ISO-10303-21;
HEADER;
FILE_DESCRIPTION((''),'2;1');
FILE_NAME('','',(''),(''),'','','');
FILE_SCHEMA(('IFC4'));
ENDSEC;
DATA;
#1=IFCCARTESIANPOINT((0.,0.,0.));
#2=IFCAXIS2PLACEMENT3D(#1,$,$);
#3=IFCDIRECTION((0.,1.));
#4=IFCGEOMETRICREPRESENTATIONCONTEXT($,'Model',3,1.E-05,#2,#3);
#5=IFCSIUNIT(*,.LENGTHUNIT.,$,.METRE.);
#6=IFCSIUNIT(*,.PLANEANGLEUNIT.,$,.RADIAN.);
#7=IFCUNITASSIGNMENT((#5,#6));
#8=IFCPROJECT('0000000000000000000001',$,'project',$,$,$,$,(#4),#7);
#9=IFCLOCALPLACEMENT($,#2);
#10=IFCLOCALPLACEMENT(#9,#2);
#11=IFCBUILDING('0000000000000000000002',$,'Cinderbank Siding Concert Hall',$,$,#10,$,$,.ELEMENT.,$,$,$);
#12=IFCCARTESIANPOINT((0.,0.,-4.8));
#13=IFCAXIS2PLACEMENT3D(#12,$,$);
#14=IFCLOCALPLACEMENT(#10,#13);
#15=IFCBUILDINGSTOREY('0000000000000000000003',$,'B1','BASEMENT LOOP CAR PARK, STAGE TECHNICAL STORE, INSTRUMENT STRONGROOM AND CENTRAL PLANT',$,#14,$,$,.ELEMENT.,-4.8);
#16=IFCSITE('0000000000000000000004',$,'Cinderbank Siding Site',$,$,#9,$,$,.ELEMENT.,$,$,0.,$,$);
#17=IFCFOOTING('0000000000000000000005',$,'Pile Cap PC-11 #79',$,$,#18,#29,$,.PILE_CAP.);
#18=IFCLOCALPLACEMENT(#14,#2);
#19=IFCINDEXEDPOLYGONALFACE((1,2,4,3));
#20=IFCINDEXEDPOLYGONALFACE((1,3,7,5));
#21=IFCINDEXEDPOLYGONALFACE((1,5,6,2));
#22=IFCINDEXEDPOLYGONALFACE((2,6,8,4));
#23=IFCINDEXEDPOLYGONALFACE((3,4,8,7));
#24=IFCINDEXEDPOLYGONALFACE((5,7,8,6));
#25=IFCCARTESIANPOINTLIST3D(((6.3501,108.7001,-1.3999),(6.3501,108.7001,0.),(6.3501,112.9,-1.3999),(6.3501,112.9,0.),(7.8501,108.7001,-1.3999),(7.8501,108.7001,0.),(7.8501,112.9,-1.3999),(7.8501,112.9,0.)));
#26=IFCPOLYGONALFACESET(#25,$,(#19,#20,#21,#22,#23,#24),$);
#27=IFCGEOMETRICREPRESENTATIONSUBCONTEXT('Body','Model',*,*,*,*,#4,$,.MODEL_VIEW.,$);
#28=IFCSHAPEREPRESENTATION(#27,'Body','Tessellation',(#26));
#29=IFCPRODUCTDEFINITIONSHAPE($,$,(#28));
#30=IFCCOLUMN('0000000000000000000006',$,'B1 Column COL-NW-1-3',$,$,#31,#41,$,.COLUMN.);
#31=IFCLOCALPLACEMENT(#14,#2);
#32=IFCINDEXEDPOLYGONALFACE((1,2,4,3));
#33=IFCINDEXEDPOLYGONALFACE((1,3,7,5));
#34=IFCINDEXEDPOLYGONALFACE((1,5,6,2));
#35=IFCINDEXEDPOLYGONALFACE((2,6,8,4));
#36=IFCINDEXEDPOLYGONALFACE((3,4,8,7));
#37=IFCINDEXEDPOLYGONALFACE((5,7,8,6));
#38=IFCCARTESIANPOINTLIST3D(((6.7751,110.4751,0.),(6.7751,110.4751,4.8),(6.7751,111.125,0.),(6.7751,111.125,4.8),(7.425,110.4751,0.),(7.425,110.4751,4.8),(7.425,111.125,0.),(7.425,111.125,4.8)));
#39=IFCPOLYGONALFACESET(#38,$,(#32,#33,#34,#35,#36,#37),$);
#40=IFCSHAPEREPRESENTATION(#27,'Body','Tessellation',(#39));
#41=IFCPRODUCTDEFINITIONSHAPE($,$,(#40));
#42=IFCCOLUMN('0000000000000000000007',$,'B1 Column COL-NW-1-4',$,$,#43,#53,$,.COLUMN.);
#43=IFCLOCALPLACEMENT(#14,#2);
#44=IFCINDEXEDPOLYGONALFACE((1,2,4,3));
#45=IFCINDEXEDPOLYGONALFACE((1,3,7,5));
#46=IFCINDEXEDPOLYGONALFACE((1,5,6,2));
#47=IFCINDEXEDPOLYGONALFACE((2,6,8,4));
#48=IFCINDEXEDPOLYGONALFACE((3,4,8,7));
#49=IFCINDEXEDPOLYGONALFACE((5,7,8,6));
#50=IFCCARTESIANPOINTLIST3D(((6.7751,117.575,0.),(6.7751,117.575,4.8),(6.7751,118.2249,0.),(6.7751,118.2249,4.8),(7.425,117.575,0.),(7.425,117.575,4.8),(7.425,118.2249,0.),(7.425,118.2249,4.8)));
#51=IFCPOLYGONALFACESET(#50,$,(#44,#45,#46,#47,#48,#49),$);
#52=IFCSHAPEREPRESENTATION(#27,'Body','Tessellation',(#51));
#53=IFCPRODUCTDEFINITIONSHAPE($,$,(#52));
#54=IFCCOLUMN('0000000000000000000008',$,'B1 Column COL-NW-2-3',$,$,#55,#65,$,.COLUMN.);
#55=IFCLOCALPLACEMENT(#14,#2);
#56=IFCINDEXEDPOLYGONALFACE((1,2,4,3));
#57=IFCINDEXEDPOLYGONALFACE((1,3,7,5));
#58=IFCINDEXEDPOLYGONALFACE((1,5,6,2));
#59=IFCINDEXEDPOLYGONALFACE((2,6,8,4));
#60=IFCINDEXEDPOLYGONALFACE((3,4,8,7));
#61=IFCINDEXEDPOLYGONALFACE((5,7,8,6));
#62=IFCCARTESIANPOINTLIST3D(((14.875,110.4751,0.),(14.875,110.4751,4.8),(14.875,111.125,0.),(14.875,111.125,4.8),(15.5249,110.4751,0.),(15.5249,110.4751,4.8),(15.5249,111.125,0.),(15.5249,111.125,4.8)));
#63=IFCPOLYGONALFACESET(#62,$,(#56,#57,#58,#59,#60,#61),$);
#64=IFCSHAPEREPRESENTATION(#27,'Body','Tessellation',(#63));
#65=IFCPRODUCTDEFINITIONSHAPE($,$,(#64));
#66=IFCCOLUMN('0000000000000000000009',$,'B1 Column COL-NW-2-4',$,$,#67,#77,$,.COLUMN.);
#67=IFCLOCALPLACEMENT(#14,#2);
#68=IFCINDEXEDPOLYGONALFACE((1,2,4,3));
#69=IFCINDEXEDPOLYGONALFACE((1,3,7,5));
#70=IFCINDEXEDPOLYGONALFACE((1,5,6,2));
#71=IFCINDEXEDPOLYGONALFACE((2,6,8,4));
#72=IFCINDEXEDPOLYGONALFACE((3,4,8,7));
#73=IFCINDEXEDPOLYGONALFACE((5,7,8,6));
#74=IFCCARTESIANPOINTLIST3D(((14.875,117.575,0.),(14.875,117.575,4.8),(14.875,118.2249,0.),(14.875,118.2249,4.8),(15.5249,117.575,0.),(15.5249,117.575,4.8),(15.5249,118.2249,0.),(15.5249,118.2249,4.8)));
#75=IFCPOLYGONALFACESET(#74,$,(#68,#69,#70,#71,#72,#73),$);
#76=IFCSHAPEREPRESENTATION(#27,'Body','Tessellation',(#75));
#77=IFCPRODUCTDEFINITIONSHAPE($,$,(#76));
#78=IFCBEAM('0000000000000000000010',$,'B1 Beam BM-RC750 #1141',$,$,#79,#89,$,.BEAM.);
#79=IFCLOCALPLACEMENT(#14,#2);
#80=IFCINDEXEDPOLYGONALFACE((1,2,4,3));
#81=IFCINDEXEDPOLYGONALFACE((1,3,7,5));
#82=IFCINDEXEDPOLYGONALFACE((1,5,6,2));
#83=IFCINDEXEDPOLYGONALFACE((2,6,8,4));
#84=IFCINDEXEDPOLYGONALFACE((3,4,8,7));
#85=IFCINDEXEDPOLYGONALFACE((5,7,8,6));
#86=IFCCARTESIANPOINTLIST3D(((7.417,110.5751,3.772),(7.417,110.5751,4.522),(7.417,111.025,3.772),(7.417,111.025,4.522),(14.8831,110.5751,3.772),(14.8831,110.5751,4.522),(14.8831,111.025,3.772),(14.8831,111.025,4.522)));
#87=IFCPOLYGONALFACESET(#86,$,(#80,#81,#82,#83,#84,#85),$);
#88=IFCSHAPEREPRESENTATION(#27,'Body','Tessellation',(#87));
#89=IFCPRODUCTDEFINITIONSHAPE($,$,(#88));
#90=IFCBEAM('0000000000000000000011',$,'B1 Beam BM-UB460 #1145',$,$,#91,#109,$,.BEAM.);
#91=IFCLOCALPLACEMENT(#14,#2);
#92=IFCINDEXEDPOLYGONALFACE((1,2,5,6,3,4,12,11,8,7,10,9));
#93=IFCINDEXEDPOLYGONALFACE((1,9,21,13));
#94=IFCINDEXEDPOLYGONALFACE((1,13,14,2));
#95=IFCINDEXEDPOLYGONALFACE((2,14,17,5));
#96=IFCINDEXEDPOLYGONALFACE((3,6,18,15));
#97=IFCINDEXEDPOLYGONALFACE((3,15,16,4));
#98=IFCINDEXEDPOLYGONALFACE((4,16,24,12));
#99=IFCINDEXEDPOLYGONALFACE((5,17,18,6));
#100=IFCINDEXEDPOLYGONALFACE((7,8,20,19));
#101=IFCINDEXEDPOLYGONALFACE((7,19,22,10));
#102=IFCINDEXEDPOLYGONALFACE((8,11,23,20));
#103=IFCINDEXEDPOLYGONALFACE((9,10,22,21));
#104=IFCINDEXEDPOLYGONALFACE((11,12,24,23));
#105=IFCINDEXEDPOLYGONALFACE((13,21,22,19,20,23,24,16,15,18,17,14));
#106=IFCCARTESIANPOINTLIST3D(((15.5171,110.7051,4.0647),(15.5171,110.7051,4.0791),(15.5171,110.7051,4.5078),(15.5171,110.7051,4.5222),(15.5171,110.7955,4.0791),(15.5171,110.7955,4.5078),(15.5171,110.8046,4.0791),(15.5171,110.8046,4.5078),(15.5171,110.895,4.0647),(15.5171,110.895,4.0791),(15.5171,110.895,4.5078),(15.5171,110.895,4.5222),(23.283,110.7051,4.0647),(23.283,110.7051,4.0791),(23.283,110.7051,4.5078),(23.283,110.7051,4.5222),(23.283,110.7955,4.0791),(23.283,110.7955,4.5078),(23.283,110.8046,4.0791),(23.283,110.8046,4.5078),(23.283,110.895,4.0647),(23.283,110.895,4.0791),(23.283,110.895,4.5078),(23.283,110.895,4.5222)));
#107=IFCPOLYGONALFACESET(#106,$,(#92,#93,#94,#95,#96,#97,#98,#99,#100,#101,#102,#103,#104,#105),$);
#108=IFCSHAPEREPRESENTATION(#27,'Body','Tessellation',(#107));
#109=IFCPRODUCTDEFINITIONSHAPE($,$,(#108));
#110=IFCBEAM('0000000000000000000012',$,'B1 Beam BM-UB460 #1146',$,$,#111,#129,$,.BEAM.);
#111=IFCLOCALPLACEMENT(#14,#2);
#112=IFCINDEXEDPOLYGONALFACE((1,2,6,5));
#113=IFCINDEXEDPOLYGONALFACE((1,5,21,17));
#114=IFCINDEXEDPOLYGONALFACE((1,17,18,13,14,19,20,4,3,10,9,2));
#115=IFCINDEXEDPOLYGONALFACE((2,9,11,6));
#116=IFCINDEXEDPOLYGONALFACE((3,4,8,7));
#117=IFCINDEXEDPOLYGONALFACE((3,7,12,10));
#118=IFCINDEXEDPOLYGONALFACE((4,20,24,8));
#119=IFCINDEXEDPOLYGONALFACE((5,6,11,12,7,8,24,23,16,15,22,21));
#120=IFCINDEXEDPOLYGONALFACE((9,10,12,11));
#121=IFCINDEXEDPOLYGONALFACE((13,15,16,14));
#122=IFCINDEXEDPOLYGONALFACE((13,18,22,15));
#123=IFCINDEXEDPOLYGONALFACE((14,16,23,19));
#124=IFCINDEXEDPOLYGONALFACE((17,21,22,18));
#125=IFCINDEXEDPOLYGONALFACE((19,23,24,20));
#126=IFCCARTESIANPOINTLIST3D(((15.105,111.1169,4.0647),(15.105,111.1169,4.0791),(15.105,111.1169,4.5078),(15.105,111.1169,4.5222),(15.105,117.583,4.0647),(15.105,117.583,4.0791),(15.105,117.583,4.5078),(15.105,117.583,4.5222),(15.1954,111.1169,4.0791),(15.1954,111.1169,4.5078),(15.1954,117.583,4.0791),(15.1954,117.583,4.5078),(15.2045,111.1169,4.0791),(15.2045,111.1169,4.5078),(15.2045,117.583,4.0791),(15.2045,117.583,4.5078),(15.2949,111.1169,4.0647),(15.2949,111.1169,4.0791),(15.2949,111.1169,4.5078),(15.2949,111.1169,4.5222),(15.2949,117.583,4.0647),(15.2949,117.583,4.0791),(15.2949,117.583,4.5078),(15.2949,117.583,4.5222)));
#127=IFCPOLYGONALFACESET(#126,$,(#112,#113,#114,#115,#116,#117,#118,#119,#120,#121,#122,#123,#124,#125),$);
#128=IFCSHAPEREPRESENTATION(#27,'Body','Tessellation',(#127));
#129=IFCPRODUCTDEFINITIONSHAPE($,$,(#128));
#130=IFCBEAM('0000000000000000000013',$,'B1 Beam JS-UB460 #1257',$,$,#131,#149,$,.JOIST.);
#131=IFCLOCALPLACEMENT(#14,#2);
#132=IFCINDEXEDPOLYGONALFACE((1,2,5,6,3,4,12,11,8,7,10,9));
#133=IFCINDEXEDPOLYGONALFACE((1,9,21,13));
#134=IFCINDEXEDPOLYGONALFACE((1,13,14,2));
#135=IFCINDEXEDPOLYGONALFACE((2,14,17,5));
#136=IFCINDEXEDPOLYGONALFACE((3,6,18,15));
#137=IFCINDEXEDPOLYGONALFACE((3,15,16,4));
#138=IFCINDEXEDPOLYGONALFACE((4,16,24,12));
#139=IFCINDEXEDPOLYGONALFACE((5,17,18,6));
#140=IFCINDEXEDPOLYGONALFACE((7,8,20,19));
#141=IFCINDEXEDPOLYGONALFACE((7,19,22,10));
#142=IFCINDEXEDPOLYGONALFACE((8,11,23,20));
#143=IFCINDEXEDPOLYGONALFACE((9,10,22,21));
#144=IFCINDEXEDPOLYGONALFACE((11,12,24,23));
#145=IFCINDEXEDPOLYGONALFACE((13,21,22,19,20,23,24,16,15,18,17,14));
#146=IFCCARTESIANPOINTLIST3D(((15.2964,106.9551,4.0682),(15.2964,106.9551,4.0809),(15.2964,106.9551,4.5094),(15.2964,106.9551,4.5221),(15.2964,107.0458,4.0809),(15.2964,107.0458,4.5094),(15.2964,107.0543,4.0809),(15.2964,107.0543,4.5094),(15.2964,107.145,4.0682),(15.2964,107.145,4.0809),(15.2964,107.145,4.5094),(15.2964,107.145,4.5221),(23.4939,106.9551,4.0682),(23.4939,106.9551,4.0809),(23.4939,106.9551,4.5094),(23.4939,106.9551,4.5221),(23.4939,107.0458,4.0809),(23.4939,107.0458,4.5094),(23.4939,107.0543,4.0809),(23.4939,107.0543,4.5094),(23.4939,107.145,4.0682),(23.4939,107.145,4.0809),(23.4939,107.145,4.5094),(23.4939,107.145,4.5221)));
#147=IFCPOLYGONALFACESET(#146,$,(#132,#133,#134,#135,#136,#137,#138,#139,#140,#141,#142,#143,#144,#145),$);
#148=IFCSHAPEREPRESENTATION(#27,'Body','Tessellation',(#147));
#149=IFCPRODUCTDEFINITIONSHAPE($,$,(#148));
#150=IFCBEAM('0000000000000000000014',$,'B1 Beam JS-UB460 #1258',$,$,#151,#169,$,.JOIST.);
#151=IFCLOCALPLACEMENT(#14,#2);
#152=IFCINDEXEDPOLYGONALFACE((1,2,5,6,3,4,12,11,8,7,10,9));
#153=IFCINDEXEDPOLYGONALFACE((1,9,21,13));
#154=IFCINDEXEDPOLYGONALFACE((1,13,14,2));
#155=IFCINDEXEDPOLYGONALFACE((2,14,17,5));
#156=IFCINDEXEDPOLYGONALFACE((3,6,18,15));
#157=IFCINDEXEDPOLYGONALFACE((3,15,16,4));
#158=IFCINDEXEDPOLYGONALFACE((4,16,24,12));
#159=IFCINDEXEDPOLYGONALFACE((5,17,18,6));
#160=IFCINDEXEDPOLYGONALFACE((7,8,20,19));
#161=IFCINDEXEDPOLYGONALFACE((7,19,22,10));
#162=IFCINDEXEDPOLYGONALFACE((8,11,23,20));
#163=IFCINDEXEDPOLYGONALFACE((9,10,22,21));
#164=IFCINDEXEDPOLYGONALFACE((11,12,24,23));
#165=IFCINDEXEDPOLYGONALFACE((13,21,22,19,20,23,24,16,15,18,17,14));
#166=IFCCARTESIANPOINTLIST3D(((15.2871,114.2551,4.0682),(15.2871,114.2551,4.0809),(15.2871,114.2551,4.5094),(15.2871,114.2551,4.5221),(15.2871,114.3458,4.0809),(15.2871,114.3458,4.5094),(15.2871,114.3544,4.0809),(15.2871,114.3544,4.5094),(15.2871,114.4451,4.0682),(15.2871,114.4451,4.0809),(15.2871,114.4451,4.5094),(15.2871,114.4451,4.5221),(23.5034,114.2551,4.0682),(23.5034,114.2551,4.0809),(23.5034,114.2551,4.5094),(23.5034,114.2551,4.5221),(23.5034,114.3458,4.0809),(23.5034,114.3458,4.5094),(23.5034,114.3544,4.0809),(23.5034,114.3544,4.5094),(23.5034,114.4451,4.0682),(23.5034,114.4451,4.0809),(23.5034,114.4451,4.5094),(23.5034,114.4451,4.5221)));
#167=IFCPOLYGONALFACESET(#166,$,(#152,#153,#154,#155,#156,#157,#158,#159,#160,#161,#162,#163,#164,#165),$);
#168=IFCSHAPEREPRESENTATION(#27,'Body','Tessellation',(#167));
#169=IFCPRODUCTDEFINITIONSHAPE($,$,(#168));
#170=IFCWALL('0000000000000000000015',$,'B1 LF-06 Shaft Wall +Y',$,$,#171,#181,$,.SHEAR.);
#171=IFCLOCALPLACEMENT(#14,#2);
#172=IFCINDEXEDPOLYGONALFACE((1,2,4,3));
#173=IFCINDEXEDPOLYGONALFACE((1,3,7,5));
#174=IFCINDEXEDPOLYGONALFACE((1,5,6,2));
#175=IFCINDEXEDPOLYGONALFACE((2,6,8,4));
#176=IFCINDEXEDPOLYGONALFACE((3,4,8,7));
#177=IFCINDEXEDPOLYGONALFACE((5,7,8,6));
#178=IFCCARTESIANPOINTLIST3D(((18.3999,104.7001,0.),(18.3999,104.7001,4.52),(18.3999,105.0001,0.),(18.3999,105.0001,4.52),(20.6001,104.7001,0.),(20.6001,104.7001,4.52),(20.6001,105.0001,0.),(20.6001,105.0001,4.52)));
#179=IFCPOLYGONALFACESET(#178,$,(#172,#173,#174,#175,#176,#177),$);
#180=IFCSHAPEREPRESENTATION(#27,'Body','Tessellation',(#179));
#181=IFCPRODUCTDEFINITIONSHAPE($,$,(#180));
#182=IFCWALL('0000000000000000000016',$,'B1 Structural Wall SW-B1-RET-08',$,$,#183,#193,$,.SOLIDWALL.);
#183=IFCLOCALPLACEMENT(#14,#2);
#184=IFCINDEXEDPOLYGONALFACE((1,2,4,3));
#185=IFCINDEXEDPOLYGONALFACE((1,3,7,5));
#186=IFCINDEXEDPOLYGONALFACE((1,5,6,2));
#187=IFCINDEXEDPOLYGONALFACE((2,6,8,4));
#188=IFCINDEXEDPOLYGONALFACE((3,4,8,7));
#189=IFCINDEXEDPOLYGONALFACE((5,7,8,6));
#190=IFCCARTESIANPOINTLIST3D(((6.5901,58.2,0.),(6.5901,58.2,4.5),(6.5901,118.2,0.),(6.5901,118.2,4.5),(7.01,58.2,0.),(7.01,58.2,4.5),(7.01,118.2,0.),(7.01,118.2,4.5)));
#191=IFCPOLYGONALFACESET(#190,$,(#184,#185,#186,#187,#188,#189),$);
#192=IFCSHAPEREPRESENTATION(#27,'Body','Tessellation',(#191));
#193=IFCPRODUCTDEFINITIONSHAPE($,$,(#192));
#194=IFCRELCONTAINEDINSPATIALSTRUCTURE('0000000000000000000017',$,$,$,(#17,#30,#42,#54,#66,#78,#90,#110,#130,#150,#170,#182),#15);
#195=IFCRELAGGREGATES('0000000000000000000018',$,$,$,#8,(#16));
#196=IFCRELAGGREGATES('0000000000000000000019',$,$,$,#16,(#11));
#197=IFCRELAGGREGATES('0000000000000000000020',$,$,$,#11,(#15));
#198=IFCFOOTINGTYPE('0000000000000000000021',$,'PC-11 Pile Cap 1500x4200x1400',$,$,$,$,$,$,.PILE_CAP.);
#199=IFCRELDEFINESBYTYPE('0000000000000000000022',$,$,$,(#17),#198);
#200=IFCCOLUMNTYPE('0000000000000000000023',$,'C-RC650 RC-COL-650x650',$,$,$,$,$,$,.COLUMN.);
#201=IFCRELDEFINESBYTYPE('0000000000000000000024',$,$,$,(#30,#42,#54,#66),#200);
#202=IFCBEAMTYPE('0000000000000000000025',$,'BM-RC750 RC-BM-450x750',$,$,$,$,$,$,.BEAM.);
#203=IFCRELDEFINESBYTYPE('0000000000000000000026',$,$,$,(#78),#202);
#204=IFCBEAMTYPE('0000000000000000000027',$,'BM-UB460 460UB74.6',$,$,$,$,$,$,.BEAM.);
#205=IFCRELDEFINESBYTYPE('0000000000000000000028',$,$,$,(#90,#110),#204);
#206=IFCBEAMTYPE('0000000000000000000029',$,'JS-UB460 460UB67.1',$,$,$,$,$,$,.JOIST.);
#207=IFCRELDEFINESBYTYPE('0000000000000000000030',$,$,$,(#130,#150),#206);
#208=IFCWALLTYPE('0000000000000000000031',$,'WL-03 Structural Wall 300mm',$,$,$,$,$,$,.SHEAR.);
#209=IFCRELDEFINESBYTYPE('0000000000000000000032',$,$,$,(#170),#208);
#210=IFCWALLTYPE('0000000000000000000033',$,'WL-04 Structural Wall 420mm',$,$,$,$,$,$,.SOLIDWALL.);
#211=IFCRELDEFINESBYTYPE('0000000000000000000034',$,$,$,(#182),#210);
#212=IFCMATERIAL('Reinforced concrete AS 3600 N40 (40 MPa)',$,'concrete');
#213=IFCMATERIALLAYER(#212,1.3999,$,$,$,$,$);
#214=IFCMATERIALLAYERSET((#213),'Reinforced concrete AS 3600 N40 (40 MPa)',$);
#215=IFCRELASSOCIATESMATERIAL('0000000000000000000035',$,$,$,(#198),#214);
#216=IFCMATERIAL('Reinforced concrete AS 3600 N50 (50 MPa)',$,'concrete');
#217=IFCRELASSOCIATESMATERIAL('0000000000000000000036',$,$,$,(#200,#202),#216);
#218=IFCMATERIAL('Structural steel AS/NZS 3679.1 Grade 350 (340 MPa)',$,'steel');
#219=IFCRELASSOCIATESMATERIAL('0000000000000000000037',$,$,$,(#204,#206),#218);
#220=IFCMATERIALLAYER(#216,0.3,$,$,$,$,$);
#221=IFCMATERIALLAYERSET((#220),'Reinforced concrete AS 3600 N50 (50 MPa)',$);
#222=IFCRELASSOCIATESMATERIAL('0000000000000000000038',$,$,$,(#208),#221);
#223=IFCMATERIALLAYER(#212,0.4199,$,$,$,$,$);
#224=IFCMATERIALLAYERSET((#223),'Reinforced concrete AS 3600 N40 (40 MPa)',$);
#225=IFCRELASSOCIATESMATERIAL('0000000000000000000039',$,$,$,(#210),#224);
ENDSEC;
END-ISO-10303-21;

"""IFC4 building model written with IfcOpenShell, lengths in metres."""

from ifc_helpers import new_model, si_unit, direction, frame, frame_2d, origin, origin_2d, place, context, subcontext, project, spatial, rectangle, i_section, extrude, material, layer, layer_set, material_profile, profile_set, type_object, element, save


model = new_model("IFC4")

# Units and contexts
model_context = context("Model", 3, precision=1e-05, world=origin(), true_north=direction((0.0, 1.0)))
body_context = subcontext(model_context, "Body", "Model", "MODEL_VIEW")
ifc_project = project(units=[si_unit("LENGTHUNIT", "METRE"), si_unit("PLANEANGLEUNIT", "RADIAN")], contexts=[model_context])

# Site, building, storey
site_placement = place(None, origin())
site = spatial("IfcSite", under=ifc_project, at=site_placement, Name="Cinderbank Siding Site", CompositionType="ELEMENT", RefElevation=0.0)
building_placement = place(site_placement, origin())
building = spatial("IfcBuilding", under=site, at=building_placement, Name="Cinderbank Siding Concert Hall", CompositionType="ELEMENT")
storey_placement = place(building_placement, frame((0.0, 0.0, -4.8)))
storey = spatial("IfcBuildingStorey", under=building, at=storey_placement, Name="B1", Description="BASEMENT LOOP CAR PARK, STAGE TECHNICAL STORE, INSTRUMENT STRONGROOM AND CENTRAL PLANT", CompositionType="ELEMENT", Elevation=-4.8)

# Shared definitions
ifc_material_1 = material(Name="Reinforced concrete AS 3600 N40 (40 MPa)", Category="concrete")

# Footing
ifc_layer_1 = layer(ifc_material_1, 1.3999)
ifc_layer_set_1 = layer_set([ifc_layer_1], Name="Reinforced concrete AS 3600 N40 (40 MPa)")
footing_type_1 = type_object("IfcFootingType", Name="PC-11 Pile Cap 1500x4200x1400", PredefinedType="PILE_CAP", material=ifc_layer_set_1)
footing_1_placement = place(storey_placement, frame((7.1001, 110.8, -1.3999), z_axis=(0.0, 0.0, 1.0), x_axis=(1.0, 0.0, 0.0)))
element("IfcFooting", 1, at=footing_1_placement, inside=storey, type_object=footing_type_1, Name="Pile Cap PC-11 #79", PredefinedType="PILE_CAP", context=body_context, shape_type="SweptSolid", body=[
    extrude(rectangle(XDim=1.5, YDim=4.2, at=origin_2d()), origin(), (0.0, 0.0, 1.0), 1.3999),
])

# Columns
ifc_material_2 = material(Name="Reinforced concrete AS 3600 N50 (50 MPa)", Category="concrete")
ifc_material_profile_1 = material_profile(ifc_material_2, rectangle(XDim=0.6499, YDim=0.6499, at=origin_2d()), Name="RC-COL-650x650", Category="LoadBearing")
ifc_profile_set_1 = profile_set([ifc_material_profile_1], Name="Reinforced concrete AS 3600 N50 (50 MPa)")
column_type = type_object("IfcColumnType", Name="C-RC650 RC-COL-650x650", PredefinedType="COLUMN", material=ifc_profile_set_1)
for number, where, z_axis, x_axis, name in (
    (2, (7.1001, 110.8, 0.0), (0.0, 0.0, 1.0), (1.0, 0.0, 0.0), "B1 Column COL-NW-1-3"),
    (3, (7.1001, 117.8999, 0.0), (0.0, 0.0, 1.0), (1.0, 0.0, 0.0), "B1 Column COL-NW-1-4"),
    (4, (15.2, 110.8, 0.0), (0.0, 0.0, 1.0), (1.0, 0.0, 0.0), "B1 Column COL-NW-2-3"),
    (5, (15.2, 117.8999, 0.0), (0.0, 0.0, 1.0), (1.0, 0.0, 0.0), "B1 Column COL-NW-2-4"),
):
    element("IfcColumn", number, at=place(storey_placement, frame(where, z_axis=z_axis, x_axis=x_axis)), inside=storey, type_object=column_type, Name=name, PredefinedType="COLUMN", context=body_context, shape_type="SweptSolid", body=[
        extrude(rectangle(XDim=0.6499, YDim=0.6499, at=origin_2d()), origin(), (0.0, 0.0, 1.0), 4.8),
    ])

# Beams
ifc_material_profile_2 = material_profile(ifc_material_2, rectangle(XDim=0.45, YDim=0.75, at=origin_2d()), Name="RC-BM-450x750", Category="LoadBearing")
ifc_profile_set_2 = profile_set([ifc_material_profile_2], Name="Reinforced concrete AS 3600 N50 (50 MPa)")
beam_type_1 = type_object("IfcBeamType", Name="BM-RC750 RC-BM-450x750", PredefinedType="BEAM", material=ifc_profile_set_2)
beam_1_placement = place(storey_placement, frame((7.417, 110.8, 4.147), z_axis=(1.0, 0.0, 0.0), x_axis=(0.0, 1.0, 0.0)))
element("IfcBeam", 6, at=beam_1_placement, inside=storey, type_object=beam_type_1, Name="B1 Beam BM-RC750 #1141", PredefinedType="BEAM", context=body_context, shape_type="SweptSolid", body=[
    extrude(rectangle(XDim=0.45, YDim=0.75, at=origin_2d()), origin(), (0.0, 0.0, 1.0), 7.4661),
])
ifc_material_3 = material(Name="Structural steel AS/NZS 3679.1 Grade 350 (340 MPa)", Category="steel")
ifc_material_profile_3 = material_profile(ifc_material_3, i_section(OverallWidth=0.1899, OverallDepth=0.4575, WebThickness=0.009, FlangeThickness=0.0144, at=origin_2d()), Name="460UB74.6", Category="LoadBearing")
ifc_profile_set_3 = profile_set([ifc_material_profile_3], Name="Structural steel AS/NZS 3679.1 Grade 350 (340 MPa)")
beam_type_2 = type_object("IfcBeamType", Name="BM-UB460 460UB74.6", PredefinedType="BEAM", material=ifc_profile_set_3)
beam_2_placement = place(storey_placement, frame((15.5171, 110.8, 4.2935), z_axis=(1.0, 0.0, 0.0), x_axis=(0.0, 1.0, 0.0)))
element("IfcBeam", 7, at=beam_2_placement, inside=storey, type_object=beam_type_2, Name="B1 Beam BM-UB460 #1145", PredefinedType="BEAM", context=body_context, shape_type="SweptSolid", body=[
    extrude(i_section(OverallWidth=0.1899, OverallDepth=0.4575, WebThickness=0.009, FlangeThickness=0.0144, at=origin_2d()), origin(), (0.0, 0.0, 1.0), 7.7659),
])
beam_3_placement = place(storey_placement, frame((15.2, 111.1169, 4.2935), z_axis=(0.0, 1.0, 0.0), x_axis=(-1.0, 0.0, 0.0)))
element("IfcBeam", 8, at=beam_3_placement, inside=storey, type_object=beam_type_2, Name="B1 Beam BM-UB460 #1146", PredefinedType="BEAM", context=body_context, shape_type="SweptSolid", body=[
    extrude(i_section(OverallWidth=0.1899, OverallDepth=0.4575, WebThickness=0.009, FlangeThickness=0.0144, at=origin_2d()), origin(), (0.0, 0.0, 1.0), 6.4661),
])
ifc_material_profile_4 = material_profile(ifc_material_3, i_section(OverallWidth=0.1899, OverallDepth=0.4539, WebThickness=0.0085, FlangeThickness=0.0127, at=origin_2d()), Name="460UB67.1", Category="LoadBearing")
ifc_profile_set_4 = profile_set([ifc_material_profile_4], Name="Structural steel AS/NZS 3679.1 Grade 350 (340 MPa)")
beam_type_3 = type_object("IfcBeamType", Name="JS-UB460 460UB67.1", PredefinedType="JOIST", material=ifc_profile_set_4)
beam_4_placement = place(storey_placement, frame((15.2964, 107.05, 4.2952), z_axis=(1.0, 0.0, 0.0), x_axis=(0.0, 1.0, 0.0)))
element("IfcBeam", 9, at=beam_4_placement, inside=storey, type_object=beam_type_3, Name="B1 Beam JS-UB460 #1257", PredefinedType="JOIST", context=body_context, shape_type="SweptSolid", body=[
    extrude(i_section(OverallWidth=0.1899, OverallDepth=0.4539, WebThickness=0.0085, FlangeThickness=0.0127, at=origin_2d()), origin(), (0.0, 0.0, 1.0), 8.1975),
])
beam_5_placement = place(storey_placement, frame((15.2871, 114.3501, 4.2952), z_axis=(1.0, 0.0, 0.0), x_axis=(0.0, 1.0, 0.0)))
element("IfcBeam", 10, at=beam_5_placement, inside=storey, type_object=beam_type_3, Name="B1 Beam JS-UB460 #1258", PredefinedType="JOIST", context=body_context, shape_type="SweptSolid", body=[
    extrude(i_section(OverallWidth=0.1899, OverallDepth=0.4539, WebThickness=0.0085, FlangeThickness=0.0127, at=origin_2d()), origin(), (0.0, 0.0, 1.0), 8.2163),
])

# Walls
ifc_layer_2 = layer(ifc_material_2, 0.3)
ifc_layer_set_2 = layer_set([ifc_layer_2], Name="Reinforced concrete AS 3600 N50 (50 MPa)")
wall_type_1 = type_object("IfcWallType", Name="WL-03 Structural Wall 300mm", PredefinedType="SHEAR", material=ifc_layer_set_2)
wall_1_placement = place(storey_placement, frame((18.3999, 104.8501, 0.0), z_axis=(0.0, 0.0, 1.0), x_axis=(1.0, 0.0, 0.0)))
element("IfcWall", 11, at=wall_1_placement, inside=storey, type_object=wall_type_1, Name="B1 LF-06 Shaft Wall +Y", PredefinedType="SHEAR", context=body_context, shape_type="SweptSolid", body=[
    extrude(rectangle(XDim=2.2002, YDim=0.3, at=frame_2d((1.1001, 0.0))), origin(), (0.0, 0.0, 1.0), 4.52),
])
ifc_layer_3 = layer(ifc_material_1, 0.4199)
ifc_layer_set_3 = layer_set([ifc_layer_3], Name="Reinforced concrete AS 3600 N40 (40 MPa)")
wall_type_2 = type_object("IfcWallType", Name="WL-04 Structural Wall 420mm", PredefinedType="SOLIDWALL", material=ifc_layer_set_3)
wall_2_placement = place(storey_placement, frame((6.8, 118.2, 0.0), z_axis=(0.0, 0.0, 1.0), x_axis=(0.0, -1.0, 0.0)))
element("IfcWall", 12, at=wall_2_placement, inside=storey, type_object=wall_type_2, Name="B1 Structural Wall SW-B1-RET-08", PredefinedType="SOLIDWALL", context=body_context, shape_type="SweptSolid", body=[
    extrude(rectangle(XDim=60.0, YDim=0.4199, at=frame_2d((30.0, 0.0))), origin(), (0.0, 0.0, 1.0), 4.5),
])

save(model, "model.ifc")
